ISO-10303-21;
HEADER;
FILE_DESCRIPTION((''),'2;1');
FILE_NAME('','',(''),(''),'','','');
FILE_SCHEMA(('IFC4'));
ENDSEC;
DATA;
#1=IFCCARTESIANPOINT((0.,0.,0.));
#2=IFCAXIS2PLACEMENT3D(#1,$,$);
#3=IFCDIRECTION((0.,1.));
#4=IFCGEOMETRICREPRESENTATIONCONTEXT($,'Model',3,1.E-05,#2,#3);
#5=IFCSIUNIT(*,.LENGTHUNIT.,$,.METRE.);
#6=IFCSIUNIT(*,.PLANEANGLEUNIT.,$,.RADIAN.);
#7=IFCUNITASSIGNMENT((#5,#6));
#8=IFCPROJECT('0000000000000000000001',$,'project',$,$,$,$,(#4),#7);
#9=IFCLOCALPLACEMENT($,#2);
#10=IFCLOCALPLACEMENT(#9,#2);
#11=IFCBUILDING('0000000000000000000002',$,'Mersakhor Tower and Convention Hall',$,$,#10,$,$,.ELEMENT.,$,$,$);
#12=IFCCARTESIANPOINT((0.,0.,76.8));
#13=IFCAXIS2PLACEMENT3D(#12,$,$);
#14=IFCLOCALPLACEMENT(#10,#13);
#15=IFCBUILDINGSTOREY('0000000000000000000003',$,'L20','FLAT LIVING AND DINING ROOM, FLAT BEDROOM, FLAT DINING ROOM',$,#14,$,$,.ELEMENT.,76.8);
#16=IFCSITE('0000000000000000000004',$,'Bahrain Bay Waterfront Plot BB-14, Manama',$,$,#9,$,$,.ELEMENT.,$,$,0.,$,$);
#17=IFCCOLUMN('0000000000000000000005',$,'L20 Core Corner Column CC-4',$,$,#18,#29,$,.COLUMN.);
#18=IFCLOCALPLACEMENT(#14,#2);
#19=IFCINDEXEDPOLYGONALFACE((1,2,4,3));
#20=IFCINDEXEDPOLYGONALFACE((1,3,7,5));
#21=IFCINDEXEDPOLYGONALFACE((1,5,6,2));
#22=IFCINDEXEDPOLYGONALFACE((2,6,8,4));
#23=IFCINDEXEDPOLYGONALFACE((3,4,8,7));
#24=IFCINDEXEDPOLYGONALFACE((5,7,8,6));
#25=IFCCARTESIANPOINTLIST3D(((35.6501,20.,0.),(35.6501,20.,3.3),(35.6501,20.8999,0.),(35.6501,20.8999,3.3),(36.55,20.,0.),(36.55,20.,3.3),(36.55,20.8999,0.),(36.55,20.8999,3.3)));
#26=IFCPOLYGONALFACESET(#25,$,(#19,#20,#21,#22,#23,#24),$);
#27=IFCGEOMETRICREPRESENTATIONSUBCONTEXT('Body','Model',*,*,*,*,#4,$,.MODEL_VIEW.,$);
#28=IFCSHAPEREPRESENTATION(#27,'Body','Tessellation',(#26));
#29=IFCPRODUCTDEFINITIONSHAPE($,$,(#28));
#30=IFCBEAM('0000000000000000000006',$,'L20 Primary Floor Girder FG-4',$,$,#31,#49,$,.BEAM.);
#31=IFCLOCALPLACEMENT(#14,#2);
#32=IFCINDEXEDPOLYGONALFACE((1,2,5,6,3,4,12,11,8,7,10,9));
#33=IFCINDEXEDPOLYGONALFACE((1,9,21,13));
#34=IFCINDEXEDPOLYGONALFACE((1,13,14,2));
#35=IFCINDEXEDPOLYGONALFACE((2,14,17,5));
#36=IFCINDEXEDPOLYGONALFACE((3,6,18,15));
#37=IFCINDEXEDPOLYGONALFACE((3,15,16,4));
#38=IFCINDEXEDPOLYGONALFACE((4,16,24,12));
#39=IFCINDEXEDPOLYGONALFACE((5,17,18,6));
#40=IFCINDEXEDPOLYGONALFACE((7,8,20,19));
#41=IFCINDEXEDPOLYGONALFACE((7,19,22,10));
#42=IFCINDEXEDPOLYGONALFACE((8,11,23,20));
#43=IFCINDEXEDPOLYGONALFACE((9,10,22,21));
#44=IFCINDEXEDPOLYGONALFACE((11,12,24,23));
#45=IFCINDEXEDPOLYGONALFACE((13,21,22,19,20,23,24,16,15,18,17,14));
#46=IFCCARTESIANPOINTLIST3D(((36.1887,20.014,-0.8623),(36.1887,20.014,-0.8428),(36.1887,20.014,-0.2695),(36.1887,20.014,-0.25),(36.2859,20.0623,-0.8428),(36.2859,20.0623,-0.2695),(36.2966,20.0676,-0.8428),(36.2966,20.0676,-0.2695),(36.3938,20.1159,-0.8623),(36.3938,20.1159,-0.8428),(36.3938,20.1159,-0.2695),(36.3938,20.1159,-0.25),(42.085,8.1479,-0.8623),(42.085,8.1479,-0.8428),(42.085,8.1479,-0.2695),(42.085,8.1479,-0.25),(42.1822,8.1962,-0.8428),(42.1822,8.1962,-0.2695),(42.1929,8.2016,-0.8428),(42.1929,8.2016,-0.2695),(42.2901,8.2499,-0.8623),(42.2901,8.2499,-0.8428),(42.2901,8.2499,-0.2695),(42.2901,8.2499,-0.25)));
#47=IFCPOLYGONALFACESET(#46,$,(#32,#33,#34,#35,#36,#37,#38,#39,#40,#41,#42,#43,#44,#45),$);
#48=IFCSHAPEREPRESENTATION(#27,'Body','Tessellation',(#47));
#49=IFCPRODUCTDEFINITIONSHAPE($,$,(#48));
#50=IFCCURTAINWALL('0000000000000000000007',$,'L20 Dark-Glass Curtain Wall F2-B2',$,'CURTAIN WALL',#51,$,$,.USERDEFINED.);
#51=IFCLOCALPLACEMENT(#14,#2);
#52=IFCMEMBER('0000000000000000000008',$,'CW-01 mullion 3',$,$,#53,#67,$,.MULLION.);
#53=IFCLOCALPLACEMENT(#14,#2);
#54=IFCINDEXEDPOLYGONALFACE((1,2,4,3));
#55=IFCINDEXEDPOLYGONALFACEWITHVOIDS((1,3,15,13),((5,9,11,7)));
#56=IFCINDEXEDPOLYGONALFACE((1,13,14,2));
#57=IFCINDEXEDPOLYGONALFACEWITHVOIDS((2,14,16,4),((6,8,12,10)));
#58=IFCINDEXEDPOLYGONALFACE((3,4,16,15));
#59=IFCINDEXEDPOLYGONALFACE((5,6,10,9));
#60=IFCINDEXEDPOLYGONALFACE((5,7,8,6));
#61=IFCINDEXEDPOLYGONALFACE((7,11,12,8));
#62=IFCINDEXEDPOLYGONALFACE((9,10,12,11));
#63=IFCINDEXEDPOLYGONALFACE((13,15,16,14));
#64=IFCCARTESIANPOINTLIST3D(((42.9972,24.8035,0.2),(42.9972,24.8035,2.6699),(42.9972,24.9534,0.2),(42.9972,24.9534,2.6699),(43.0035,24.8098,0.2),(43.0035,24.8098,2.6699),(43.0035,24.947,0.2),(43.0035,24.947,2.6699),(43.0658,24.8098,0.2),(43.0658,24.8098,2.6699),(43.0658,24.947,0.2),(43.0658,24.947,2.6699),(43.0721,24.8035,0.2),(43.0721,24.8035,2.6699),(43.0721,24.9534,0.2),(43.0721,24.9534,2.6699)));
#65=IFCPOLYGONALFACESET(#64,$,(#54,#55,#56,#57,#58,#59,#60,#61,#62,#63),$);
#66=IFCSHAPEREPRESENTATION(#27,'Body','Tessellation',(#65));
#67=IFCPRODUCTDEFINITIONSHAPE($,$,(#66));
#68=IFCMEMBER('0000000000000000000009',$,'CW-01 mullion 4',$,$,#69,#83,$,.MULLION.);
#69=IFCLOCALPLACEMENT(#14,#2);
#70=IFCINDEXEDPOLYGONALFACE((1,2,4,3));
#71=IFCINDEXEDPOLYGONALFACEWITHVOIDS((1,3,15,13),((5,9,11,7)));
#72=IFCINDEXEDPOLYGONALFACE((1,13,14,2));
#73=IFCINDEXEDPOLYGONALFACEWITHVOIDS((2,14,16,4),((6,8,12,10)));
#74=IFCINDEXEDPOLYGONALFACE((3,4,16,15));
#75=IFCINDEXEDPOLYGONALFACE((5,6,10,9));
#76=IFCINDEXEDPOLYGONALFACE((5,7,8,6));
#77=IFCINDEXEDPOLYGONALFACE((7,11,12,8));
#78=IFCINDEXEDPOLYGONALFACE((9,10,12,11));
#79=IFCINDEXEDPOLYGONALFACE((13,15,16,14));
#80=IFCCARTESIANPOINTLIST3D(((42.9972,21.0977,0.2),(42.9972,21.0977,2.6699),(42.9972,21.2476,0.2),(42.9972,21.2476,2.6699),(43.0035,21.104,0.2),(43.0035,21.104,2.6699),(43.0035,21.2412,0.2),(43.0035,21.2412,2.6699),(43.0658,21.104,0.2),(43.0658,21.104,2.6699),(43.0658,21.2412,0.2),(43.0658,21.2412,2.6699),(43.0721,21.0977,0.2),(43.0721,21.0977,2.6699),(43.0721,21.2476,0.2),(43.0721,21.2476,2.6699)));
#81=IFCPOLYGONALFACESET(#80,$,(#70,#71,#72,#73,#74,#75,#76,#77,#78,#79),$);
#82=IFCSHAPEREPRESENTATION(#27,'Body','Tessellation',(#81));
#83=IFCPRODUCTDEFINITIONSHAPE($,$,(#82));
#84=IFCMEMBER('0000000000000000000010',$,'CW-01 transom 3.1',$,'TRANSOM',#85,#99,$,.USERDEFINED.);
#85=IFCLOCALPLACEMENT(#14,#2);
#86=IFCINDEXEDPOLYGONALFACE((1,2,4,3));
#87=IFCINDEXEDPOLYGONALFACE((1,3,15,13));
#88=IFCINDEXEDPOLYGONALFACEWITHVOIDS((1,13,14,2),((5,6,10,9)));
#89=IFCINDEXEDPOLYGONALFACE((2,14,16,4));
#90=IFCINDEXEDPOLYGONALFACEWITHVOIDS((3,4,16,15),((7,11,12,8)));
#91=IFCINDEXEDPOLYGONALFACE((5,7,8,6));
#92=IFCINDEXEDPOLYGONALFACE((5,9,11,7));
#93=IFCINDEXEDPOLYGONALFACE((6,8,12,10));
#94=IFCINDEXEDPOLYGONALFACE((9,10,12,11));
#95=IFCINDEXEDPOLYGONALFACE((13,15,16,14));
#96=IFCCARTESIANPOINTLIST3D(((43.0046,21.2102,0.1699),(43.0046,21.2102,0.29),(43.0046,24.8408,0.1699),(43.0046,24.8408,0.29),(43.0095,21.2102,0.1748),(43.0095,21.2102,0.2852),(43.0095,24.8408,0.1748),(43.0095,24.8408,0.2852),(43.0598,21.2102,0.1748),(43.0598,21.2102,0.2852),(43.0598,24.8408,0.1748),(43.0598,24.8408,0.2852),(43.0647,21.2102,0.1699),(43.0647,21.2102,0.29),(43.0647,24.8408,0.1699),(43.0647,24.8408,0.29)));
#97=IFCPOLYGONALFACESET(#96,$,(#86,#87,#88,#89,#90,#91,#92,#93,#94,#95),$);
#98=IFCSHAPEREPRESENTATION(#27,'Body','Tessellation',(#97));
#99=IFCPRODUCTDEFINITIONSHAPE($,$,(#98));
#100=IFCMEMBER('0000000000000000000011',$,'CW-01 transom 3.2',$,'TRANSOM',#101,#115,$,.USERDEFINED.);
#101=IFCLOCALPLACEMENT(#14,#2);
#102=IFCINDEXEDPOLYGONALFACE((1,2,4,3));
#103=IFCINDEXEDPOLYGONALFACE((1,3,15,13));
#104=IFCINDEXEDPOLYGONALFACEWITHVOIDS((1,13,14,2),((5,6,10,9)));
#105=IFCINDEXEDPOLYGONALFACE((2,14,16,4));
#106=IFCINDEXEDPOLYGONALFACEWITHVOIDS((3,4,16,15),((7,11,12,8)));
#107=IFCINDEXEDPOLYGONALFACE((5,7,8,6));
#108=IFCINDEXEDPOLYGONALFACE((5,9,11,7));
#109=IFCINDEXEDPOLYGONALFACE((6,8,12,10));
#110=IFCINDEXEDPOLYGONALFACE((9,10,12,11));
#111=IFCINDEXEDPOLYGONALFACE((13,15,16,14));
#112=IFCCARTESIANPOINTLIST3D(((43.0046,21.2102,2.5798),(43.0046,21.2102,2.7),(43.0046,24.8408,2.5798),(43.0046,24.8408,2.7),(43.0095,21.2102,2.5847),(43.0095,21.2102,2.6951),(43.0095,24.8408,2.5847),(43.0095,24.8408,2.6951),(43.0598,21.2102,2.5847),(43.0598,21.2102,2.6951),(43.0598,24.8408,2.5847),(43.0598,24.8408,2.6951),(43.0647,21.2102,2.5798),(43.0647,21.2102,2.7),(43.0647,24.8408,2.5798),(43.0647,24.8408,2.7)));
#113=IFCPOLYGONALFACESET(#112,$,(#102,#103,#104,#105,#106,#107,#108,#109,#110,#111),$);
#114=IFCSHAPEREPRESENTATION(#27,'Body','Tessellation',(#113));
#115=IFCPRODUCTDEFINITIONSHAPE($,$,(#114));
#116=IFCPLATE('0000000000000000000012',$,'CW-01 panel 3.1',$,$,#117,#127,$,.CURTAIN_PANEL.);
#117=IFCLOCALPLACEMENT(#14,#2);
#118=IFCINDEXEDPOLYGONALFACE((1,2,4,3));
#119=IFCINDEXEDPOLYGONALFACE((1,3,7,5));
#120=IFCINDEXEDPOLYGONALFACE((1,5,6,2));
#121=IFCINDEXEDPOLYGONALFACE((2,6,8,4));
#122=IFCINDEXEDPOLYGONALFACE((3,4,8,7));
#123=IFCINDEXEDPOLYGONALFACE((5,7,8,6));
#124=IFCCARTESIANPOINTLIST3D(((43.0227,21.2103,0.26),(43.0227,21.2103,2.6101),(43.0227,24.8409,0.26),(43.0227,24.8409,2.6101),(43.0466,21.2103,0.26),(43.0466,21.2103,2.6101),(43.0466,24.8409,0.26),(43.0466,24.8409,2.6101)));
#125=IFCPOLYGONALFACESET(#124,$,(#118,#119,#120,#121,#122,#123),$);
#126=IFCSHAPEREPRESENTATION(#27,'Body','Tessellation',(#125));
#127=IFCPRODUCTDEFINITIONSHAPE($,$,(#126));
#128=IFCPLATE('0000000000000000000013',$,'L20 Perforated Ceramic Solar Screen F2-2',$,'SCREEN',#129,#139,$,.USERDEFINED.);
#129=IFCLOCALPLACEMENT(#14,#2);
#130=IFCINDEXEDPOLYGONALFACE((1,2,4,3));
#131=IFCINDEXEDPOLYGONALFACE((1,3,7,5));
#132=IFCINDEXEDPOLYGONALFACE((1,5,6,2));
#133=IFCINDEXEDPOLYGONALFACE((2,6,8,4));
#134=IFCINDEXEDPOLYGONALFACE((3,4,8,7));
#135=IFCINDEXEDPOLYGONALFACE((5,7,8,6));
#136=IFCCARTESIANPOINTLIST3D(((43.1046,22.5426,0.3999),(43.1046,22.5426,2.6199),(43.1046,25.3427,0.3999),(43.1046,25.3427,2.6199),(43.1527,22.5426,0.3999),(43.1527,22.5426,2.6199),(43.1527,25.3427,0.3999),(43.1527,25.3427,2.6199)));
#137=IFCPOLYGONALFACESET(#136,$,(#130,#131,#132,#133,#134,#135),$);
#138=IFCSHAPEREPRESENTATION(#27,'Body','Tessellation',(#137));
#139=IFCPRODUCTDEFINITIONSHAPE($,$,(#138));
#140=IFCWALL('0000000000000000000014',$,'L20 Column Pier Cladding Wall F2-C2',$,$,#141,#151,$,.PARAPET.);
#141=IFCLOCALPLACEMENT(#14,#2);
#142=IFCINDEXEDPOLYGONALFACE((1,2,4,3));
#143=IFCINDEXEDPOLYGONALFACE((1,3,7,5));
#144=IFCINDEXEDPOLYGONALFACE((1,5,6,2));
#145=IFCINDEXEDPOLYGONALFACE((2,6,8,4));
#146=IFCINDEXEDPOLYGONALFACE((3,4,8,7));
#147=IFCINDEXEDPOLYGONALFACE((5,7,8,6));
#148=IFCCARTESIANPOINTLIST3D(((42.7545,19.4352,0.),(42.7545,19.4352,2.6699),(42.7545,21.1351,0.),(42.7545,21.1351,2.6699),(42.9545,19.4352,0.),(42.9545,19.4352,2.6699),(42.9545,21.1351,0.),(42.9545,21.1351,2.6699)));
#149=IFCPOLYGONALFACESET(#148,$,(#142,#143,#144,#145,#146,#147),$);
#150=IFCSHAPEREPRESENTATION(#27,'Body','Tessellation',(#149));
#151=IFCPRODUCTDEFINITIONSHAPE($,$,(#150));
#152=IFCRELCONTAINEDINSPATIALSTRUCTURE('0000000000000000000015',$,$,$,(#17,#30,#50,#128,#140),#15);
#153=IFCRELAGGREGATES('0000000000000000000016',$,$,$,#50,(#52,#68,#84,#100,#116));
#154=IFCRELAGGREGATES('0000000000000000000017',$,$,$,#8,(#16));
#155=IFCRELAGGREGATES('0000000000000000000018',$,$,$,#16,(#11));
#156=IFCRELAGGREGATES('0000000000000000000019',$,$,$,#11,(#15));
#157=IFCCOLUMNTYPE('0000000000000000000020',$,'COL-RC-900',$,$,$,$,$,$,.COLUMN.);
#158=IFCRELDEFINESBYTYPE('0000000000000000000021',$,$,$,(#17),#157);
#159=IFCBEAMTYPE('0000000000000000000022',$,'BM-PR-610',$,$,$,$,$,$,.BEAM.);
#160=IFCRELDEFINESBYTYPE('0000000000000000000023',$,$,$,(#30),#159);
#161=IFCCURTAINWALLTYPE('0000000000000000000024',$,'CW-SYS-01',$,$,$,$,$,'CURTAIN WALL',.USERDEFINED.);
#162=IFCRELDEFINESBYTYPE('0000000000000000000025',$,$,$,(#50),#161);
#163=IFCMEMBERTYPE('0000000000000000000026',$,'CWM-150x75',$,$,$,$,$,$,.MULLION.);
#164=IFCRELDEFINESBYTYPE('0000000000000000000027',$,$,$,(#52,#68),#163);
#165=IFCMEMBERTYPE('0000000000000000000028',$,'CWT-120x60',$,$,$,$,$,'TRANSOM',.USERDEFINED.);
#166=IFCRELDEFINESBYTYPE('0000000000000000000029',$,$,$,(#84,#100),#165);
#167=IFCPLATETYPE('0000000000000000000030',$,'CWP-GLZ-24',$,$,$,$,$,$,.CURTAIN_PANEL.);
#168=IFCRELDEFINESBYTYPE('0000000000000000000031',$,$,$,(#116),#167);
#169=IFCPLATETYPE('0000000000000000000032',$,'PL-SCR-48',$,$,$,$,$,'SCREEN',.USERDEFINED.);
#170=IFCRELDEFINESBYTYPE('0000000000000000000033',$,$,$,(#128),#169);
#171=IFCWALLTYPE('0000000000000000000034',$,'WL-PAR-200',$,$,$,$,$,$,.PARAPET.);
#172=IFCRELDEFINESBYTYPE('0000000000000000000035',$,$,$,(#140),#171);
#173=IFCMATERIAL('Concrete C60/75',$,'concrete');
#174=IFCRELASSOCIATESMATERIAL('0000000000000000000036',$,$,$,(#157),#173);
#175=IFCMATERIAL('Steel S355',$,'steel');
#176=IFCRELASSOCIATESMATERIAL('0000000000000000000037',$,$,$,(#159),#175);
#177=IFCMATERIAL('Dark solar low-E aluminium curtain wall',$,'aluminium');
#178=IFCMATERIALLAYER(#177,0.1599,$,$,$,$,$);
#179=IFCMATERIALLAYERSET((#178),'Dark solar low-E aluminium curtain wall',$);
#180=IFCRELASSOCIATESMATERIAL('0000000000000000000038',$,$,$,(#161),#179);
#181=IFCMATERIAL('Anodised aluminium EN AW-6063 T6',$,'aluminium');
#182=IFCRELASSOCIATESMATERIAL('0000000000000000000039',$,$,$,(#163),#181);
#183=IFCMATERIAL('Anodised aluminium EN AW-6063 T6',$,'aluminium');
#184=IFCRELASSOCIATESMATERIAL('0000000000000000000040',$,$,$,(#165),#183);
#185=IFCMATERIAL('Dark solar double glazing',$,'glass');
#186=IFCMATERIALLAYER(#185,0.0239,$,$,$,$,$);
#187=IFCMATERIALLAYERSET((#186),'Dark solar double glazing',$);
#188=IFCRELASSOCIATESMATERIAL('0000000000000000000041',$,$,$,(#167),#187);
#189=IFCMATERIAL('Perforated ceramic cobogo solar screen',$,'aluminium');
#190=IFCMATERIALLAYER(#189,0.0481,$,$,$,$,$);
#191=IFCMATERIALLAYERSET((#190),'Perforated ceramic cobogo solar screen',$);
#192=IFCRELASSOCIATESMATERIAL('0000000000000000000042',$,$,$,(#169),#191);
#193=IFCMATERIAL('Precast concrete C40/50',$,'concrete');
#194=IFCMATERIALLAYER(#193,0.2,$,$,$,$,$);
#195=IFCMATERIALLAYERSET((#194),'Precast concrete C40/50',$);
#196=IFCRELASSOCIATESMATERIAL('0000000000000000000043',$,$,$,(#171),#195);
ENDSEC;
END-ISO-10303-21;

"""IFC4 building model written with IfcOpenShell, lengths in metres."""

from ifc_helpers import new_model, si_unit, direction, frame, frame_2d, origin, origin_2d, place, context, subcontext, project, spatial, rectangle, hollow_rectangle, i_section, extrude, material, layer, layer_set, material_profile, profile_set, type_object, element, aggregate, save


model = new_model("IFC4")

# Units and contexts
model_context = context("Model", 3, precision=1e-05, world=origin(), true_north=direction((0.0, 1.0)))
body_context = subcontext(model_context, "Body", "Model", "MODEL_VIEW")
ifc_project = project(units=[si_unit("LENGTHUNIT", "METRE"), si_unit("PLANEANGLEUNIT", "RADIAN")], contexts=[model_context])

# Site, building, storey
site_placement = place(None, origin())
site = spatial("IfcSite", under=ifc_project, at=site_placement, Name="Bahrain Bay Waterfront Plot BB-14, Manama", CompositionType="ELEMENT", RefElevation=0.0)
building_placement = place(site_placement, origin())
building = spatial("IfcBuilding", under=site, at=building_placement, Name="Mersakhor Tower and Convention Hall", CompositionType="ELEMENT")
storey_placement = place(building_placement, frame((0.0, 0.0, 76.8)))
storey = spatial("IfcBuildingStorey", under=building, at=storey_placement, Name="L20", Description="FLAT LIVING AND DINING ROOM, FLAT BEDROOM, FLAT DINING ROOM", CompositionType="ELEMENT", Elevation=76.8)

# Column
ifc_material_1 = material(Name="Concrete C60/75", Category="concrete")
ifc_material_profile_1 = material_profile(ifc_material_1, rectangle(XDim=0.8999, YDim=0.8999, at=origin_2d()), Name="RC 900x900")
ifc_profile_set_1 = profile_set([ifc_material_profile_1], Name="Concrete C60/75")
column_type = type_object("IfcColumnType", Name="COL-RC-900", PredefinedType="COLUMN", material=ifc_profile_set_1)
column_placement = place(storey_placement, frame((36.1001, 20.45, 0.0), z_axis=(0.0, 0.0, 1.0), x_axis=(1.0, 0.0, 0.0)))
element("IfcColumn", 1, at=column_placement, inside=storey, type_object=column_type, Name="L20 Core Corner Column CC-4", PredefinedType="COLUMN", context=body_context, shape_type="SweptSolid", body=[
    extrude(rectangle(XDim=0.8999, YDim=0.8999, at=origin_2d()), origin(), (0.0, 0.0, 1.0), 3.3),
])

# Beam
ifc_material_2 = material(Name="Steel S355", Category="steel")
ifc_material_profile_2 = material_profile(ifc_material_2, i_section(OverallWidth=0.229, OverallDepth=0.6123, WebThickness=0.012, FlangeThickness=0.0195, at=origin_2d()), Name="UB 610x229x125")
ifc_profile_set_2 = profile_set([ifc_material_profile_2], Name="Steel S355")
beam_type = type_object("IfcBeamType", Name="BM-PR-610", PredefinedType="BEAM", material=ifc_profile_set_2)
beam_placement = place(storey_placement, frame((36.2913, 20.0649, -0.5562), z_axis=(0.444994, -0.895534, 0.0), x_axis=(0.895534, 0.444994, 0.0)))
element("IfcBeam", 2, at=beam_placement, inside=storey, type_object=beam_type, Name="L20 Primary Floor Girder FG-4", PredefinedType="BEAM", context=body_context, shape_type="SweptSolid", body=[
    extrude(i_section(OverallWidth=0.229, OverallDepth=0.6123, WebThickness=0.012, FlangeThickness=0.0195, at=origin_2d()), origin(), (0.0, 0.0, 1.0), 13.2502),
])

# Curtain wall, members, plate
ifc_material_3 = material(Name="Dark solar low-E aluminium curtain wall", Category="aluminium")
ifc_layer_1 = layer(ifc_material_3, 0.1599)
ifc_layer_set_1 = layer_set([ifc_layer_1], Name="Dark solar low-E aluminium curtain wall")
curtain_wall_type = type_object("IfcCurtainWallType", Name="CW-SYS-01", ElementType="CURTAIN WALL", PredefinedType="USERDEFINED", material=ifc_layer_set_1)
curtain_wall_placement = place(storey_placement, origin())
curtain_wall = element("IfcCurtainWall", 3, at=curtain_wall_placement, inside=storey, type_object=curtain_wall_type, Name="L20 Dark-Glass Curtain Wall F2-B2", ObjectType="CURTAIN WALL", PredefinedType="USERDEFINED")
ifc_material_4 = material(Name="Anodised aluminium EN AW-6063 T6", Category="aluminium")
ifc_material_profile_3 = material_profile(ifc_material_4, hollow_rectangle(XDim=0.075, YDim=0.1499, WallThickness=0.0063, at=origin_2d()), Name="RHS 150x75x6.3")
ifc_profile_set_3 = profile_set([ifc_material_profile_3], Name="Anodised aluminium EN AW-6063 T6")
member_type_1 = type_object("IfcMemberType", Name="CWM-150x75", PredefinedType="MULLION", material=ifc_profile_set_3)
member_1_placement = place(storey_placement, frame((43.0347, 24.8784, 0.2), z_axis=(0.0, 0.0, 1.0), x_axis=(1.0, 0.0, 0.0)))
member_1 = element("IfcMember", 4, at=member_1_placement, type_object=member_type_1, Name="CW-01 mullion 3", PredefinedType="MULLION", context=body_context, shape_type="SweptSolid", body=[
    extrude(hollow_rectangle(XDim=0.075, YDim=0.1499, WallThickness=0.0063, at=origin_2d()), origin(), (0.0, 0.0, 1.0), 2.47),
])
member_2_placement = place(storey_placement, frame((43.0347, 21.1726, 0.2), z_axis=(0.0, 0.0, 1.0), x_axis=(1.0, 0.0, 0.0)))
member_2 = element("IfcMember", 5, at=member_2_placement, type_object=member_type_1, Name="CW-01 mullion 4", PredefinedType="MULLION", context=body_context, shape_type="SweptSolid", body=[
    extrude(hollow_rectangle(XDim=0.075, YDim=0.1499, WallThickness=0.0063, at=origin_2d()), origin(), (0.0, 0.0, 1.0), 2.47),
])
ifc_material_5 = material(Name="Anodised aluminium EN AW-6063 T6", Category="aluminium")
ifc_material_profile_4 = material_profile(ifc_material_5, hollow_rectangle(XDim=0.0601, YDim=0.1201, WallThickness=0.0049, at=origin_2d()), Name="RHS 120x60x5")
ifc_profile_set_4 = profile_set([ifc_material_profile_4], Name="Anodised aluminium EN AW-6063 T6")
member_type_2 = type_object("IfcMemberType", Name="CWT-120x60", ElementType="TRANSOM", PredefinedType="USERDEFINED", material=ifc_profile_set_4)
member_3_placement = place(storey_placement, frame((43.0347, 24.8408, 0.23), z_axis=(0.0, -1.0, 0.0), x_axis=(1.0, 0.0, 0.0)))
member_3 = element("IfcMember", 6, at=member_3_placement, type_object=member_type_2, Name="CW-01 transom 3.1", ObjectType="TRANSOM", PredefinedType="USERDEFINED", context=body_context, shape_type="SweptSolid", body=[
    extrude(hollow_rectangle(XDim=0.0601, YDim=0.1201, WallThickness=0.0049, at=origin_2d()), origin(), (0.0, 0.0, 1.0), 3.6306),
])
member_4_placement = place(storey_placement, frame((43.0347, 24.8408, 2.6399), z_axis=(0.0, -1.0, 0.0), x_axis=(1.0, 0.0, 0.0)))
member_4 = element("IfcMember", 7, at=member_4_placement, type_object=member_type_2, Name="CW-01 transom 3.2", ObjectType="TRANSOM", PredefinedType="USERDEFINED", context=body_context, shape_type="SweptSolid", body=[
    extrude(hollow_rectangle(XDim=0.0601, YDim=0.1201, WallThickness=0.0049, at=origin_2d()), origin(), (0.0, 0.0, 1.0), 3.6306),
])
ifc_material_6 = material(Name="Dark solar double glazing", Category="glass")
ifc_layer_2 = layer(ifc_material_6, 0.0239)
ifc_layer_set_2 = layer_set([ifc_layer_2], Name="Dark solar double glazing")
plate_type_1 = type_object("IfcPlateType", Name="CWP-GLZ-24", PredefinedType="CURTAIN_PANEL", material=ifc_layer_set_2)
plate_1_placement = place(storey_placement, frame((43.0347, 23.0256, 0.26), z_axis=(0.0, 0.0, 1.0), x_axis=(0.0, -1.0, 0.0)))
plate_1 = element("IfcPlate", 8, at=plate_1_placement, type_object=plate_type_1, Name="CW-01 panel 3.1", PredefinedType="CURTAIN_PANEL", context=body_context, shape_type="SweptSolid", body=[
    extrude(rectangle(XDim=3.6306, YDim=0.0239, at=origin_2d()), origin(), (0.0, 0.0, 1.0), 2.3501),
])
aggregate(curtain_wall, [member_1, member_2, member_3, member_4, plate_1])

# Plate
ifc_material_7 = material(Name="Perforated ceramic cobogo solar screen", Category="aluminium")
ifc_layer_3 = layer(ifc_material_7, 0.0481)
ifc_layer_set_3 = layer_set([ifc_layer_3], Name="Perforated ceramic cobogo solar screen")
plate_type_2 = type_object("IfcPlateType", Name="PL-SCR-48", ElementType="SCREEN", PredefinedType="USERDEFINED", material=ifc_layer_set_3)
plate_2_placement = place(storey_placement, frame((43.1287, 23.9426, 0.3999), z_axis=(0.0, 0.0, 1.0), x_axis=(0.0, -1.0, 0.0)))
element("IfcPlate", 9, at=plate_2_placement, inside=storey, type_object=plate_type_2, Name="L20 Perforated Ceramic Solar Screen F2-2", ObjectType="SCREEN", PredefinedType="USERDEFINED", context=body_context, shape_type="SweptSolid", body=[
    extrude(rectangle(XDim=2.8, YDim=0.0481, at=origin_2d()), origin(), (0.0, 0.0, 1.0), 2.22),
])

# Wall
ifc_material_8 = material(Name="Precast concrete C40/50", Category="concrete")
ifc_layer_4 = layer(ifc_material_8, 0.2)
ifc_layer_set_4 = layer_set([ifc_layer_4], Name="Precast concrete C40/50")
wall_type_1 = type_object("IfcWallType", Name="WL-PAR-200", PredefinedType="PARAPET", material=ifc_layer_set_4)
wall_1_placement = place(storey_placement, frame((42.8545, 21.1353, 0.0), z_axis=(0.0, 0.0, 1.0), x_axis=(0.0, -1.0, 0.0)))
element("IfcWall", 10, at=wall_1_placement, inside=storey, type_object=wall_type_1, Name="L20 Column Pier Cladding Wall F2-C2", PredefinedType="PARAPET", context=body_context, shape_type="SweptSolid", body=[
    extrude(rectangle(XDim=1.7, YDim=0.2, at=frame_2d((0.8501, 0.0))), origin(), (0.0, 0.0, 1.0), 2.6699),
])

save(model, "model.ifc")
